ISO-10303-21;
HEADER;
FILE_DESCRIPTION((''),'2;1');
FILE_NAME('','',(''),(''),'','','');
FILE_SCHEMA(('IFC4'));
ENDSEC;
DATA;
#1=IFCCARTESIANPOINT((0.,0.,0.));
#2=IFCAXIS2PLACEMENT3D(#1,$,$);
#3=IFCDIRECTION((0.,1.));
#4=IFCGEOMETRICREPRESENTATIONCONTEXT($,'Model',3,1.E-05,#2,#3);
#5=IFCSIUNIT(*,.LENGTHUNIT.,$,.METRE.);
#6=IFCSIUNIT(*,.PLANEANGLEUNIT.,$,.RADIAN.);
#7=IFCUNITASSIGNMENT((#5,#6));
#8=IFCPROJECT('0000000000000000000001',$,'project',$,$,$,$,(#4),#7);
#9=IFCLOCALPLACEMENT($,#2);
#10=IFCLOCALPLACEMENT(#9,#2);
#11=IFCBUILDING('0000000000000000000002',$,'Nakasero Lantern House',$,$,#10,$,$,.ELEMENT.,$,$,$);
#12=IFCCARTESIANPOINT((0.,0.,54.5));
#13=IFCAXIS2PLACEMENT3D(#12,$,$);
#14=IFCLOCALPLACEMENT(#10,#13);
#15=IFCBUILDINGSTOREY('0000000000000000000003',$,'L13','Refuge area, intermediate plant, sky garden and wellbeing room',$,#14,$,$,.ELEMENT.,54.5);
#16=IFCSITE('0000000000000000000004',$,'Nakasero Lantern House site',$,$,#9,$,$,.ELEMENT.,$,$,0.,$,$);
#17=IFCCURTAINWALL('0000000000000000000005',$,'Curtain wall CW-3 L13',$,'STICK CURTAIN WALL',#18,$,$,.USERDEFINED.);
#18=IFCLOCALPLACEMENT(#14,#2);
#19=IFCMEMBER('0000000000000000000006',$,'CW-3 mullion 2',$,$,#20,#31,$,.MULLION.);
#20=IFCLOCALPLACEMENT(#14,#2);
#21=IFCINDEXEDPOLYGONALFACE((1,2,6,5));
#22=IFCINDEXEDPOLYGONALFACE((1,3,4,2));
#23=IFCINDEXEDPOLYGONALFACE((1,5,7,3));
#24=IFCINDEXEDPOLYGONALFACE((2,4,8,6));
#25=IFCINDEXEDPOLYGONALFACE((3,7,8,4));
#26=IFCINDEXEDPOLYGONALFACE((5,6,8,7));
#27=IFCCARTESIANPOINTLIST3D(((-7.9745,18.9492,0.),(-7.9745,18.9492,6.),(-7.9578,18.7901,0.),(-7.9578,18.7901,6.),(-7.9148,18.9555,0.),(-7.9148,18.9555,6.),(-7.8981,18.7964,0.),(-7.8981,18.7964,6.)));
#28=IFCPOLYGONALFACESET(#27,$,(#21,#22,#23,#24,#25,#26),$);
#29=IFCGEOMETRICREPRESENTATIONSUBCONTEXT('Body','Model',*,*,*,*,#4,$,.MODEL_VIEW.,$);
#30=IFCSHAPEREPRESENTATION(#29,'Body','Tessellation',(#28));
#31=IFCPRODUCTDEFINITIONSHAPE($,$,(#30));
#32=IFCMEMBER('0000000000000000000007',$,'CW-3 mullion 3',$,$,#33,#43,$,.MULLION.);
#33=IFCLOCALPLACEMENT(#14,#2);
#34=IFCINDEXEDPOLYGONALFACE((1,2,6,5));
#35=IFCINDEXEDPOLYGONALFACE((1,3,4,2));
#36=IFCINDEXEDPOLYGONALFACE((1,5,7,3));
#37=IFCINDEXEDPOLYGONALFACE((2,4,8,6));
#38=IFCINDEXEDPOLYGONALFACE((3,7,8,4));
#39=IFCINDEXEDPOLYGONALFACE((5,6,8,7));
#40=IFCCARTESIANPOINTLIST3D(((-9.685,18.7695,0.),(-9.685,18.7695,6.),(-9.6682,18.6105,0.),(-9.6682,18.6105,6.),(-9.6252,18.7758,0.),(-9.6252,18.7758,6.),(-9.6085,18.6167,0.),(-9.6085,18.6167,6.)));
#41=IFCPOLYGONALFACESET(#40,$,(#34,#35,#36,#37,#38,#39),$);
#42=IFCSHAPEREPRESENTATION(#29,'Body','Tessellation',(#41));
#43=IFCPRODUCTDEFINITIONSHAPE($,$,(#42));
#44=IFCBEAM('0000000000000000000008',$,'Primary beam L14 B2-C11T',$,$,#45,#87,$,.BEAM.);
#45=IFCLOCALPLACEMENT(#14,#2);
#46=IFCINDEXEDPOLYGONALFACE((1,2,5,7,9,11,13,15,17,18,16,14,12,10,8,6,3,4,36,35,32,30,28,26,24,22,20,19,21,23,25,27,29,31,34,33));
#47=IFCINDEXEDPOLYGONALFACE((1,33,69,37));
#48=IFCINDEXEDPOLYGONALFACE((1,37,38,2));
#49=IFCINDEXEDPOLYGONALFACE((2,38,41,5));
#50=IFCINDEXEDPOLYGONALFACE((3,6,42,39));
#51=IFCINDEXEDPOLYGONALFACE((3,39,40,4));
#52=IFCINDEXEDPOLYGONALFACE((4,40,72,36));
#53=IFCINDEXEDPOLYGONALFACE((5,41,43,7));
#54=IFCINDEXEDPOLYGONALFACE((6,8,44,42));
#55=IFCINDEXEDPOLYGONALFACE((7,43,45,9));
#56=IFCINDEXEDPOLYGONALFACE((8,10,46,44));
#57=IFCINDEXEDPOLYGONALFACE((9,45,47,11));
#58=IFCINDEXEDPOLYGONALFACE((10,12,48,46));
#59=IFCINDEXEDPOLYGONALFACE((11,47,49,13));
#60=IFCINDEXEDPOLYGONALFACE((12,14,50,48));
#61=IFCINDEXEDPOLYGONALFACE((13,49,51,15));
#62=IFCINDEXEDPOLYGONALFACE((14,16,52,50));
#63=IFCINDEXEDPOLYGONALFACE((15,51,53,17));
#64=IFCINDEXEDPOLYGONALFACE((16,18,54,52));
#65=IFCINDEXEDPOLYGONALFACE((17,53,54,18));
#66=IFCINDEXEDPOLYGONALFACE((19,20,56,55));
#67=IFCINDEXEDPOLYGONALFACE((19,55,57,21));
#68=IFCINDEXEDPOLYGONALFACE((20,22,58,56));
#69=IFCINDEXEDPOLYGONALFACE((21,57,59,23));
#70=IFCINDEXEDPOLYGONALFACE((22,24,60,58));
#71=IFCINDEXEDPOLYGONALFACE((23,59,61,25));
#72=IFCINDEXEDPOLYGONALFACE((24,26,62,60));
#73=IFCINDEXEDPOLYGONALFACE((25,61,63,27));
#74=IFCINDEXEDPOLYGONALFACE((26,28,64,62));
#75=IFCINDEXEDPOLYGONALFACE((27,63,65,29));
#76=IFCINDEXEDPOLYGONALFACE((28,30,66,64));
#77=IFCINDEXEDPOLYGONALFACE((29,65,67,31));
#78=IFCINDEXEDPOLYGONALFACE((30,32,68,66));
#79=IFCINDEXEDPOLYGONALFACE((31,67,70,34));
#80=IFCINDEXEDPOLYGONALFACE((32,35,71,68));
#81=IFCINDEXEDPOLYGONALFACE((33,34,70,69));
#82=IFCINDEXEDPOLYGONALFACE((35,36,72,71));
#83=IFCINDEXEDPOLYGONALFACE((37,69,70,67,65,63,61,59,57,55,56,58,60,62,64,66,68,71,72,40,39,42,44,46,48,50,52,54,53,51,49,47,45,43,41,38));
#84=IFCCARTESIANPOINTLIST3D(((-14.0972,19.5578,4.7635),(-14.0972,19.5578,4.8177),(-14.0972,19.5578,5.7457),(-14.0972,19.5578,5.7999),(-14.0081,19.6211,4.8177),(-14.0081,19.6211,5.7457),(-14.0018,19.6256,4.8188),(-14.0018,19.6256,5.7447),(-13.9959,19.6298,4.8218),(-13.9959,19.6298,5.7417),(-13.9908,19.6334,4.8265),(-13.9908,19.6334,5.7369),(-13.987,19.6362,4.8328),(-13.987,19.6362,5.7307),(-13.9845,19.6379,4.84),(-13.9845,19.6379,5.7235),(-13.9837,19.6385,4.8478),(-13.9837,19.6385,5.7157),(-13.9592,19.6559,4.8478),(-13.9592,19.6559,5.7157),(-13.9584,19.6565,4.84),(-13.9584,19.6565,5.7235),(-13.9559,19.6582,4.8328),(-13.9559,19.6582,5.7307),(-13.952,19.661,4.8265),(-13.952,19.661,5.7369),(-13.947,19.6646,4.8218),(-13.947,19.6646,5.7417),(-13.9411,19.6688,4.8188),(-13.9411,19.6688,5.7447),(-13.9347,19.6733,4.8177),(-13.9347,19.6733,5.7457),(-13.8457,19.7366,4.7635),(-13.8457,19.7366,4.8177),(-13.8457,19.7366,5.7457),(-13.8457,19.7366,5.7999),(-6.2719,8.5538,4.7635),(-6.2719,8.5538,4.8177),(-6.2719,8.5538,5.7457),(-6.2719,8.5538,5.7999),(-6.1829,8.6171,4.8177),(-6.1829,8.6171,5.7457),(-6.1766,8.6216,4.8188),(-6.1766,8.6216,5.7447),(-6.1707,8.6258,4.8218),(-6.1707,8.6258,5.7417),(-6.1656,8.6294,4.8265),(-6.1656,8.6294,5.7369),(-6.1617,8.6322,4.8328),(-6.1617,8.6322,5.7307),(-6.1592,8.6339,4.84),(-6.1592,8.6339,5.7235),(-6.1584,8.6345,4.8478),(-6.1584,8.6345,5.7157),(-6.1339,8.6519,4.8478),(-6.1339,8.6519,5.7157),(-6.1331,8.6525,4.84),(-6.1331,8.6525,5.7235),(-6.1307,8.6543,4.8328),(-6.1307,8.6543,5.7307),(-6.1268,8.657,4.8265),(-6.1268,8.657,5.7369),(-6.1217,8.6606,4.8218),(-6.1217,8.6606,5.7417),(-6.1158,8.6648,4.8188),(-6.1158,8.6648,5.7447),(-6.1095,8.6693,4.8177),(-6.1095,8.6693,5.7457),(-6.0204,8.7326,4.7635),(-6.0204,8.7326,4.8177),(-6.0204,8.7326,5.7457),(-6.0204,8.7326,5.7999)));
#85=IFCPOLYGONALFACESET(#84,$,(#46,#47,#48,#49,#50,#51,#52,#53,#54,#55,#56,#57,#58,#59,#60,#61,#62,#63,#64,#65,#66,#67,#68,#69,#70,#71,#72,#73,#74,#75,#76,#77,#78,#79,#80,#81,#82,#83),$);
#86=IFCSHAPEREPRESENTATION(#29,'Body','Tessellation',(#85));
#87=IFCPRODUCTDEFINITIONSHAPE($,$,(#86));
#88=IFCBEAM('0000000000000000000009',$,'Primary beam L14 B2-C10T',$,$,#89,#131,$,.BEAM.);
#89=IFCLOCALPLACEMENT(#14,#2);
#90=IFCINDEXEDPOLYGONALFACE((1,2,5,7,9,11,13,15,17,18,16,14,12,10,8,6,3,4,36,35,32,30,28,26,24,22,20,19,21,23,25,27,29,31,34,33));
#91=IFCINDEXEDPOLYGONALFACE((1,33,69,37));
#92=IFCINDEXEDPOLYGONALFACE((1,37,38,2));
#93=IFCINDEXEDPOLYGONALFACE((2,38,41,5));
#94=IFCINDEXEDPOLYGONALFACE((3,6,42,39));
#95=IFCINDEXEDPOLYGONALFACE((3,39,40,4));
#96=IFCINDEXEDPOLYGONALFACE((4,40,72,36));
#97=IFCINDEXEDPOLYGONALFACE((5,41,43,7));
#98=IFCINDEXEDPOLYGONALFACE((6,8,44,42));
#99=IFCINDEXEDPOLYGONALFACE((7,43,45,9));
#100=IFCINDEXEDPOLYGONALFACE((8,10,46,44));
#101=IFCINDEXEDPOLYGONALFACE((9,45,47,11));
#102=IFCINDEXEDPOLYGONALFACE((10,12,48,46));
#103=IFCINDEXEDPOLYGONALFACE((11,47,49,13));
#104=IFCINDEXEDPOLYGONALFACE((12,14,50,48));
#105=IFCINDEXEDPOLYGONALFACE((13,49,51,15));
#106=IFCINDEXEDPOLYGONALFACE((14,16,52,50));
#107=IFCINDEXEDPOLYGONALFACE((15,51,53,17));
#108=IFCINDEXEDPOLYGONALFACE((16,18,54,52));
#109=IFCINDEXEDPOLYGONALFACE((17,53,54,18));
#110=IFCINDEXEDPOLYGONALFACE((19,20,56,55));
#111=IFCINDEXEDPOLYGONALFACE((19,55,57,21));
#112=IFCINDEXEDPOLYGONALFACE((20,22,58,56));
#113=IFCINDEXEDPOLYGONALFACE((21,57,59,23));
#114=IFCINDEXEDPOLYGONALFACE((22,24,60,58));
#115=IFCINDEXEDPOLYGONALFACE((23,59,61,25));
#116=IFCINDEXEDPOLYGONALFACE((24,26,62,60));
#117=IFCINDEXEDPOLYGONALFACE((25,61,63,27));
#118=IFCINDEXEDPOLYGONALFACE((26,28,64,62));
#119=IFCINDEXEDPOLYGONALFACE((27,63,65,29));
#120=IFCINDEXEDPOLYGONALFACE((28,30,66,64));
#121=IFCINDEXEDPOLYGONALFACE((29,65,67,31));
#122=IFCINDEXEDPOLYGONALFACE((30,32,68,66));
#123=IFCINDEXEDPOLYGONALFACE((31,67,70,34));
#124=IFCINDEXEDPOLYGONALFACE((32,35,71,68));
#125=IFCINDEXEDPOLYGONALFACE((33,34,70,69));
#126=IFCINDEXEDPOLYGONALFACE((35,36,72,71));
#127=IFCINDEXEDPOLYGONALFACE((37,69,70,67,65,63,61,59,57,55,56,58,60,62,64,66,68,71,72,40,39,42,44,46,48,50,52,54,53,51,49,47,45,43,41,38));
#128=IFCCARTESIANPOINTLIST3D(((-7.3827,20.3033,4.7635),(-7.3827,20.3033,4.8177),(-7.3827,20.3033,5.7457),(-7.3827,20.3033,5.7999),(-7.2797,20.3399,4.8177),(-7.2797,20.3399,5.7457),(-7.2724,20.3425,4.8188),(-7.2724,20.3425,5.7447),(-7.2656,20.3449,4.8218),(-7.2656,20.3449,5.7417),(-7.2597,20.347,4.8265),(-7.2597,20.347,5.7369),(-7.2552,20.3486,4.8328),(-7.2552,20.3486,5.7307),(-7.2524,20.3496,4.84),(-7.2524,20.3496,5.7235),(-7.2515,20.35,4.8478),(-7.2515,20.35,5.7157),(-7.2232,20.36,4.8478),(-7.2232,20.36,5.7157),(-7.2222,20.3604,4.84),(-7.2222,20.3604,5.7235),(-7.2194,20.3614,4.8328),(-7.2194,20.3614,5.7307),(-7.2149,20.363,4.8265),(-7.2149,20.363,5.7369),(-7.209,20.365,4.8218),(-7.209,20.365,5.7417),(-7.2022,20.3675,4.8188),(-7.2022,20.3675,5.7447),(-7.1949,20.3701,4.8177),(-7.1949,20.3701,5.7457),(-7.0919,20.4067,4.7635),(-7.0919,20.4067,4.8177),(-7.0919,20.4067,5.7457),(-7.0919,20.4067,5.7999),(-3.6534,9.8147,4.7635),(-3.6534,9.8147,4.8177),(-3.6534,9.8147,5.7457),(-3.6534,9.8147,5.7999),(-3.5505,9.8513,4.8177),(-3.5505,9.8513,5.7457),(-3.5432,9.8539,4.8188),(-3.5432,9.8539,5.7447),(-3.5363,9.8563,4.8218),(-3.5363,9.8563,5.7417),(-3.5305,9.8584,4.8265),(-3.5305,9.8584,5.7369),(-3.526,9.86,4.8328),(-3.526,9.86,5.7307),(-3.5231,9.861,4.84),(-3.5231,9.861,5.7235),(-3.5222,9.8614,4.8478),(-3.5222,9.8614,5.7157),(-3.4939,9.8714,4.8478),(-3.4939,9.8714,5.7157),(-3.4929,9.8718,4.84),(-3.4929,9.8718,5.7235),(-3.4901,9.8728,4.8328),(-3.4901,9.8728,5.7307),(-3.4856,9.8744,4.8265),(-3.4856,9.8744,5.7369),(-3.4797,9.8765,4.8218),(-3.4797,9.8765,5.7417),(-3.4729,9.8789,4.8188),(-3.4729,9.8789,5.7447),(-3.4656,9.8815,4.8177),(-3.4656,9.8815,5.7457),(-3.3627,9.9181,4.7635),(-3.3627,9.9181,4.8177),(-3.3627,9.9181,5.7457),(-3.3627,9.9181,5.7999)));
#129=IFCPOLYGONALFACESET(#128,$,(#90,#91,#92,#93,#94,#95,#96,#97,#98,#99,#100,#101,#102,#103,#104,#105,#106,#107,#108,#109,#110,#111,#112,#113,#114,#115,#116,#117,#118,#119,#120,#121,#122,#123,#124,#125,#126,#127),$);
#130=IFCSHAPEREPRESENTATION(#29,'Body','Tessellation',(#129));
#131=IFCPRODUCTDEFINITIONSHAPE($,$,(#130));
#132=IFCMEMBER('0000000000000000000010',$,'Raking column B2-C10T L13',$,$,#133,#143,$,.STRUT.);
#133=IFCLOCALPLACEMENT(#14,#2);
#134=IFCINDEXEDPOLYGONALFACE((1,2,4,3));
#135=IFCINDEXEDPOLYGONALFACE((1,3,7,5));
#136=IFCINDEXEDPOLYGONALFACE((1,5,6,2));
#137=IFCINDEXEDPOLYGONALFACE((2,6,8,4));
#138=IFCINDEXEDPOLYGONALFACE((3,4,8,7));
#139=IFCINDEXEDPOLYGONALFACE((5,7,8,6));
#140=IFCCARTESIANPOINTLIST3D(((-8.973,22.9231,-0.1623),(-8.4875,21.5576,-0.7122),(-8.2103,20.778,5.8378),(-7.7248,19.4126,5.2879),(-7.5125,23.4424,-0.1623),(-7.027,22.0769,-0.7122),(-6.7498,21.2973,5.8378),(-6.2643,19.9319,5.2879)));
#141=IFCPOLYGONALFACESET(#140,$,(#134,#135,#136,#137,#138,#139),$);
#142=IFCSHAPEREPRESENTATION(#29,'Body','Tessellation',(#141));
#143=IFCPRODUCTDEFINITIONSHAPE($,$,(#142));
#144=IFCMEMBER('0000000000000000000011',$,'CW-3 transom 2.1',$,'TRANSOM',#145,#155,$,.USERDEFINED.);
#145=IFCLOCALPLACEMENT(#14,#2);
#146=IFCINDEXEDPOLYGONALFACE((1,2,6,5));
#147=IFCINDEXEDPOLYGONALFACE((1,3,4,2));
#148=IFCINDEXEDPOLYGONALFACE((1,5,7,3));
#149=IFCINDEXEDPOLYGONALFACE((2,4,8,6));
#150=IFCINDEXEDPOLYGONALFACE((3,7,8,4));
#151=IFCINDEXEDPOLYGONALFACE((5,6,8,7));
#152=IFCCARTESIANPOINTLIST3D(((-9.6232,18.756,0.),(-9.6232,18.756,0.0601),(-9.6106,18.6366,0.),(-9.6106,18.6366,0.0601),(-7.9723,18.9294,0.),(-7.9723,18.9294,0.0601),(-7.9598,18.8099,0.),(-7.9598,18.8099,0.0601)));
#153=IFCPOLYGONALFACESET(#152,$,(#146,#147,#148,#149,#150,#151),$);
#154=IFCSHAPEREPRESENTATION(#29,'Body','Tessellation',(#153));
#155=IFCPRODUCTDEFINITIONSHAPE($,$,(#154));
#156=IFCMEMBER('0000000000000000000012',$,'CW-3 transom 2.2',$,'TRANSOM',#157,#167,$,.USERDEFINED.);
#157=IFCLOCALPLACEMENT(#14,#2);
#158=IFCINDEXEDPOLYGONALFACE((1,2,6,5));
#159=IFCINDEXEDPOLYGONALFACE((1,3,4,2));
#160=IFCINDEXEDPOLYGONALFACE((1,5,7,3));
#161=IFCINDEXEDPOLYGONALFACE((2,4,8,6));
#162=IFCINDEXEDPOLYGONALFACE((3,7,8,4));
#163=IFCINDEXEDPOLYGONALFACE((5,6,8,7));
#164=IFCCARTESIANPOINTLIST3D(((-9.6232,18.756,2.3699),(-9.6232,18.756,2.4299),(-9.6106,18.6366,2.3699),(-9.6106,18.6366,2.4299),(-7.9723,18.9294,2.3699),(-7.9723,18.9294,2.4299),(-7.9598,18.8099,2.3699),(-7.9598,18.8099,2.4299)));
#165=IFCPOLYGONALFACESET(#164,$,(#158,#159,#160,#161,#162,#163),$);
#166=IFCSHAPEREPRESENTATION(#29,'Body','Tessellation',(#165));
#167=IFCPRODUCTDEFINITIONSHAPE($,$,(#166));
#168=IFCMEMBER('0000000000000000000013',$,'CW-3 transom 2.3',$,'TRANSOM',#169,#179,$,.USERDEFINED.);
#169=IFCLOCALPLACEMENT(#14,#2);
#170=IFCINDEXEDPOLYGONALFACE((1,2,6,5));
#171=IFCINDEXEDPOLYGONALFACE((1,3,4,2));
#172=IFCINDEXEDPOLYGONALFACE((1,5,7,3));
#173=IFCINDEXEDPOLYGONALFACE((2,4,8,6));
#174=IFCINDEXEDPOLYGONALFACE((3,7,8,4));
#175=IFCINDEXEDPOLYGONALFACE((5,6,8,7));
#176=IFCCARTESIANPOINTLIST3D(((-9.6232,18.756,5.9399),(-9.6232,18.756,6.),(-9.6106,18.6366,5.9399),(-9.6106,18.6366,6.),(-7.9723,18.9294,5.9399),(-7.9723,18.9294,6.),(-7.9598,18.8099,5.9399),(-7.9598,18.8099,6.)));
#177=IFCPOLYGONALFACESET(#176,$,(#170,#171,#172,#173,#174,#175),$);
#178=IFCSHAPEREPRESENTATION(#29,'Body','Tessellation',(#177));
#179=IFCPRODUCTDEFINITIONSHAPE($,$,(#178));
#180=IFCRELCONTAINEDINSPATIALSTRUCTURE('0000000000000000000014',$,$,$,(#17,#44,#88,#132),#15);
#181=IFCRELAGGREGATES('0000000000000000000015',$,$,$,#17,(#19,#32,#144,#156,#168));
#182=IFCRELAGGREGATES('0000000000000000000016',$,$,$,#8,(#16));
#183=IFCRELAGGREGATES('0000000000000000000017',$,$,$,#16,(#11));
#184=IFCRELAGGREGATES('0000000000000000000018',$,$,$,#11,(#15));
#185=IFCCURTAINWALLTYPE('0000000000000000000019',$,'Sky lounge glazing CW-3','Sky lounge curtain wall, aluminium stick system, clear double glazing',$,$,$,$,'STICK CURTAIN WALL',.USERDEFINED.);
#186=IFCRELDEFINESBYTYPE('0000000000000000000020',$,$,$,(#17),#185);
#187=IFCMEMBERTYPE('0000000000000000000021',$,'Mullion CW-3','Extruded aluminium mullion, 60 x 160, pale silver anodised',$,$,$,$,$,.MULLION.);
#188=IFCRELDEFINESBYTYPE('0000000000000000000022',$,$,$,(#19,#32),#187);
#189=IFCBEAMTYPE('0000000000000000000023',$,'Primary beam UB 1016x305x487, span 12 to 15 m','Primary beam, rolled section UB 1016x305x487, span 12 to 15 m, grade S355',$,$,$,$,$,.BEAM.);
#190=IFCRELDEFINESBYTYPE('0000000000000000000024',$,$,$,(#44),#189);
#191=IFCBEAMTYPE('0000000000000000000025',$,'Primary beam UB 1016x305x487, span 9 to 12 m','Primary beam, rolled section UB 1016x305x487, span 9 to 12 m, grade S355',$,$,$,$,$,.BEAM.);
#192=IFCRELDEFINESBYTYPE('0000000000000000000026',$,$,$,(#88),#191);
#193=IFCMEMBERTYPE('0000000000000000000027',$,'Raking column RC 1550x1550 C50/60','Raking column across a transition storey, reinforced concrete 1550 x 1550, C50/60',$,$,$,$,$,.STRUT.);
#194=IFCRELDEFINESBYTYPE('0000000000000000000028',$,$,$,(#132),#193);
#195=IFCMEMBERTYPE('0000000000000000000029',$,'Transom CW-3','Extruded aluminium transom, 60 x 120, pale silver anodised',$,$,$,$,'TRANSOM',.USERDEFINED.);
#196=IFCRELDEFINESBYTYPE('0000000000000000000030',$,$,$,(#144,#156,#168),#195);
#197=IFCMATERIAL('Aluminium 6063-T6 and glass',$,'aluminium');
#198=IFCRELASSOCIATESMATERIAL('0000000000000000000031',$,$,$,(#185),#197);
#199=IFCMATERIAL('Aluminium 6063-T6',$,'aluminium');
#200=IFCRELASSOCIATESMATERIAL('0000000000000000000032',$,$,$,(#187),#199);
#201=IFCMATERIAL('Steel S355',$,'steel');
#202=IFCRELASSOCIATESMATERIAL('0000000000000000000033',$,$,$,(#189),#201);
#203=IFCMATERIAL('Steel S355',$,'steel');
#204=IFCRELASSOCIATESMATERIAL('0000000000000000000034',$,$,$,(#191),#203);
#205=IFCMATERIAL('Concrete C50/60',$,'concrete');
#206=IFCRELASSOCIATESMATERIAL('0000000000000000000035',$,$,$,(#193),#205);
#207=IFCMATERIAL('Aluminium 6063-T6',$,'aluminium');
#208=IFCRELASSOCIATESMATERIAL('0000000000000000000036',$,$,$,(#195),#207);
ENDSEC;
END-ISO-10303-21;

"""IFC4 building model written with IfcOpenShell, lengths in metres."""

from ifc_helpers import new_model, si_unit, direction, frame, origin, origin_2d, place, context, subcontext, project, spatial, rectangle, i_section, extrude, material, material_profile, profile_set, type_object, element, aggregate, save


model = new_model("IFC4")

# Units and contexts
model_context = context("Model", 3, precision=1e-05, world=origin(), true_north=direction((0.0, 1.0)))
body_context = subcontext(model_context, "Body", "Model", "MODEL_VIEW")
ifc_project = project(units=[si_unit("LENGTHUNIT", "METRE"), si_unit("PLANEANGLEUNIT", "RADIAN")], contexts=[model_context])

# Site, building, storey
site_placement = place(None, origin())
site = spatial("IfcSite", under=ifc_project, at=site_placement, Name="Nakasero Lantern House site", CompositionType="ELEMENT", RefElevation=0.0)
building_placement = place(site_placement, origin())
building = spatial("IfcBuilding", under=site, at=building_placement, Name="Nakasero Lantern House", CompositionType="ELEMENT")
storey_placement = place(building_placement, frame((0.0, 0.0, 54.5)))
storey = spatial("IfcBuildingStorey", under=building, at=storey_placement, Name="L13", Description="Refuge area, intermediate plant, sky garden and wellbeing room", CompositionType="ELEMENT", Elevation=54.5)

# Curtain wall, members
ifc_material_1 = material(Name="Aluminium 6063-T6 and glass", Category="aluminium")
curtain_wall_type = type_object("IfcCurtainWallType", Name="Sky lounge glazing CW-3", Description="Sky lounge curtain wall, aluminium stick system, clear double glazing", ElementType="STICK CURTAIN WALL", PredefinedType="USERDEFINED", material=ifc_material_1)
curtain_wall_placement = place(storey_placement, origin())
curtain_wall = element("IfcCurtainWall", 1, at=curtain_wall_placement, inside=storey, type_object=curtain_wall_type, Name="Curtain wall CW-3 L13", ObjectType="STICK CURTAIN WALL", PredefinedType="USERDEFINED")
ifc_material_2 = material(Name="Aluminium 6063-T6", Category="aluminium")
ifc_material_profile_1 = material_profile(ifc_material_2, rectangle(XDim=0.0601, YDim=0.1599, at=origin_2d()), Name="CW-3 mullion 60x160")
ifc_profile_set_1 = profile_set([ifc_material_profile_1], Name="Aluminium 6063-T6")
member_type_1 = type_object("IfcMemberType", Name="Mullion CW-3", Description="Extruded aluminium mullion, 60 x 160, pale silver anodised", PredefinedType="MULLION", material=ifc_profile_set_1)
member_1_placement = place(storey_placement, frame((-7.9363, 18.8728, 0.0), z_axis=(0.0, 0.0, 1.0), x_axis=(-0.994522, -0.104528, 0.0)))
member_1 = element("IfcMember", 2, at=member_1_placement, type_object=member_type_1, Name="CW-3 mullion 2", PredefinedType="MULLION", context=body_context, shape_type="SweptSolid", body=[
    extrude(rectangle(XDim=0.0601, YDim=0.1599, at=origin_2d()), origin(), (0.0, 0.0, 1.0), 6.0),
])
member_2_placement = place(storey_placement, frame((-9.6467, 18.6931, 0.0), z_axis=(0.0, 0.0, 1.0), x_axis=(-0.994522, -0.104528, 0.0)))
member_2 = element("IfcMember", 3, at=member_2_placement, type_object=member_type_1, Name="CW-3 mullion 3", PredefinedType="MULLION", context=body_context, shape_type="SweptSolid", body=[
    extrude(rectangle(XDim=0.0601, YDim=0.1599, at=origin_2d()), origin(), (0.0, 0.0, 1.0), 6.0),
])

# Beams
ifc_material_3 = material(Name="Steel S355", Category="steel")
ifc_material_profile_2 = material_profile(ifc_material_3, i_section(OverallWidth=0.3086, OverallDepth=1.0364, WebThickness=0.03, FlangeThickness=0.0542, FilletRadius=0.03, at=origin_2d()), Name="UB 1016x305x487")
ifc_profile_set_2 = profile_set([ifc_material_profile_2], Name="Steel S355")
beam_type_1 = type_object("IfcBeamType", Name="Primary beam UB 1016x305x487, span 12 to 15 m", Description="Primary beam, rolled section UB 1016x305x487, span 12 to 15 m, grade S355", PredefinedType="BEAM", material=ifc_profile_set_2)
beam_1_placement = place(storey_placement, frame((-13.9714, 19.6472, 5.2817), z_axis=(0.579533, -0.814948, 0.0), x_axis=(0.814948, 0.579533, 0.0)))
element("IfcBeam", 4, at=beam_1_placement, inside=storey, type_object=beam_type_1, Name="Primary beam L14 B2-C11T", PredefinedType="BEAM", context=body_context, shape_type="SweptSolid", body=[
    extrude(i_section(OverallWidth=0.3086, OverallDepth=1.0364, WebThickness=0.03, FlangeThickness=0.0542, FilletRadius=0.03, at=origin_2d()), origin(), (0.0, 0.0, 1.0), 13.5027),
])
ifc_material_4 = material(Name="Steel S355", Category="steel")
ifc_material_profile_3 = material_profile(ifc_material_4, i_section(OverallWidth=0.3086, OverallDepth=1.0364, WebThickness=0.03, FlangeThickness=0.0542, FilletRadius=0.03, at=origin_2d()), Name="UB 1016x305x487")
ifc_profile_set_3 = profile_set([ifc_material_profile_3], Name="Steel S355")
beam_type_2 = type_object("IfcBeamType", Name="Primary beam UB 1016x305x487, span 9 to 12 m", Description="Primary beam, rolled section UB 1016x305x487, span 9 to 12 m, grade S355", PredefinedType="BEAM", material=ifc_profile_set_3)
beam_2_placement = place(storey_placement, frame((-7.2373, 20.355, 5.2817), z_axis=(0.335009, -0.942215, 0.0), x_axis=(0.942215, 0.335009, 0.0)))
element("IfcBeam", 5, at=beam_2_placement, inside=storey, type_object=beam_type_2, Name="Primary beam L14 B2-C10T", PredefinedType="BEAM", context=body_context, shape_type="SweptSolid", body=[
    extrude(i_section(OverallWidth=0.3086, OverallDepth=1.0364, WebThickness=0.03, FlangeThickness=0.0542, FilletRadius=0.03, at=origin_2d()), origin(), (0.0, 0.0, 1.0), 11.1318),
])

# Members
ifc_material_5 = material(Name="Concrete C50/60", Category="concrete")
ifc_material_profile_4 = material_profile(ifc_material_5, rectangle(XDim=1.55, YDim=1.55, at=origin_2d()), Name="RC 1550x1550")
ifc_profile_set_4 = profile_set([ifc_material_profile_4], Name="Concrete C50/60")
member_type_2 = type_object("IfcMemberType", Name="Raking column RC 1550x1550 C50/60", Description="Raking column across a transition storey, reinforced concrete 1550 x 1550, C50/60", PredefinedType="STRUT", material=ifc_profile_set_4)
member_3_placement = place(storey_placement, frame((-8.0, 22.5, -0.4373), z_axis=(0.118848, -0.334251, 0.93496), x_axis=(0.942212, 0.335018, 0.0)))
element("IfcMember", 6, at=member_3_placement, inside=storey, type_object=member_type_2, Name="Raking column B2-C10T L13", PredefinedType="STRUT", context=body_context, shape_type="SweptSolid", body=[
    extrude(rectangle(XDim=1.55, YDim=1.55, at=origin_2d()), origin(), (0.0, 0.0, 1.0), 6.4175),
])
ifc_material_6 = material(Name="Aluminium 6063-T6", Category="aluminium")
ifc_material_profile_5 = material_profile(ifc_material_6, rectangle(XDim=0.0601, YDim=0.1201, at=origin_2d()), Name="CW-3 transom 60x120")
ifc_profile_set_5 = profile_set([ifc_material_profile_5], Name="Aluminium 6063-T6")
member_type_3 = type_object("IfcMemberType", Name="Transom CW-3", Description="Extruded aluminium transom, 60 x 120, pale silver anodised", ElementType="TRANSOM", PredefinedType="USERDEFINED", material=ifc_profile_set_5)
member_4_placement = place(storey_placement, frame((-7.9661, 18.8696, 0.03), z_axis=(-0.994533, -0.104424, 0.0), x_axis=(0.0, 0.0, 1.0)))
member_4 = element("IfcMember", 7, at=member_4_placement, type_object=member_type_3, Name="CW-3 transom 2.1", ObjectType="TRANSOM", PredefinedType="USERDEFINED", context=body_context, shape_type="SweptSolid", body=[
    extrude(rectangle(XDim=0.0601, YDim=0.1201, at=origin_2d()), origin(), (0.0, 0.0, 1.0), 1.6599),
])
member_5_placement = place(storey_placement, frame((-7.9661, 18.8696, 2.3999), z_axis=(-0.994533, -0.104424, 0.0), x_axis=(0.0, 0.0, 1.0)))
member_5 = element("IfcMember", 8, at=member_5_placement, type_object=member_type_3, Name="CW-3 transom 2.2", ObjectType="TRANSOM", PredefinedType="USERDEFINED", context=body_context, shape_type="SweptSolid", body=[
    extrude(rectangle(XDim=0.0601, YDim=0.1201, at=origin_2d()), origin(), (0.0, 0.0, 1.0), 1.6599),
])
member_6_placement = place(storey_placement, frame((-7.9661, 18.8696, 5.97), z_axis=(-0.994533, -0.104424, 0.0), x_axis=(0.0, 0.0, 1.0)))
member_6 = element("IfcMember", 9, at=member_6_placement, type_object=member_type_3, Name="CW-3 transom 2.3", ObjectType="TRANSOM", PredefinedType="USERDEFINED", context=body_context, shape_type="SweptSolid", body=[
    extrude(rectangle(XDim=0.0601, YDim=0.1201, at=origin_2d()), origin(), (0.0, 0.0, 1.0), 1.6599),
])

aggregate(curtain_wall, [member_1, member_2, member_4, member_5, member_6])

save(model, "model.ifc")
